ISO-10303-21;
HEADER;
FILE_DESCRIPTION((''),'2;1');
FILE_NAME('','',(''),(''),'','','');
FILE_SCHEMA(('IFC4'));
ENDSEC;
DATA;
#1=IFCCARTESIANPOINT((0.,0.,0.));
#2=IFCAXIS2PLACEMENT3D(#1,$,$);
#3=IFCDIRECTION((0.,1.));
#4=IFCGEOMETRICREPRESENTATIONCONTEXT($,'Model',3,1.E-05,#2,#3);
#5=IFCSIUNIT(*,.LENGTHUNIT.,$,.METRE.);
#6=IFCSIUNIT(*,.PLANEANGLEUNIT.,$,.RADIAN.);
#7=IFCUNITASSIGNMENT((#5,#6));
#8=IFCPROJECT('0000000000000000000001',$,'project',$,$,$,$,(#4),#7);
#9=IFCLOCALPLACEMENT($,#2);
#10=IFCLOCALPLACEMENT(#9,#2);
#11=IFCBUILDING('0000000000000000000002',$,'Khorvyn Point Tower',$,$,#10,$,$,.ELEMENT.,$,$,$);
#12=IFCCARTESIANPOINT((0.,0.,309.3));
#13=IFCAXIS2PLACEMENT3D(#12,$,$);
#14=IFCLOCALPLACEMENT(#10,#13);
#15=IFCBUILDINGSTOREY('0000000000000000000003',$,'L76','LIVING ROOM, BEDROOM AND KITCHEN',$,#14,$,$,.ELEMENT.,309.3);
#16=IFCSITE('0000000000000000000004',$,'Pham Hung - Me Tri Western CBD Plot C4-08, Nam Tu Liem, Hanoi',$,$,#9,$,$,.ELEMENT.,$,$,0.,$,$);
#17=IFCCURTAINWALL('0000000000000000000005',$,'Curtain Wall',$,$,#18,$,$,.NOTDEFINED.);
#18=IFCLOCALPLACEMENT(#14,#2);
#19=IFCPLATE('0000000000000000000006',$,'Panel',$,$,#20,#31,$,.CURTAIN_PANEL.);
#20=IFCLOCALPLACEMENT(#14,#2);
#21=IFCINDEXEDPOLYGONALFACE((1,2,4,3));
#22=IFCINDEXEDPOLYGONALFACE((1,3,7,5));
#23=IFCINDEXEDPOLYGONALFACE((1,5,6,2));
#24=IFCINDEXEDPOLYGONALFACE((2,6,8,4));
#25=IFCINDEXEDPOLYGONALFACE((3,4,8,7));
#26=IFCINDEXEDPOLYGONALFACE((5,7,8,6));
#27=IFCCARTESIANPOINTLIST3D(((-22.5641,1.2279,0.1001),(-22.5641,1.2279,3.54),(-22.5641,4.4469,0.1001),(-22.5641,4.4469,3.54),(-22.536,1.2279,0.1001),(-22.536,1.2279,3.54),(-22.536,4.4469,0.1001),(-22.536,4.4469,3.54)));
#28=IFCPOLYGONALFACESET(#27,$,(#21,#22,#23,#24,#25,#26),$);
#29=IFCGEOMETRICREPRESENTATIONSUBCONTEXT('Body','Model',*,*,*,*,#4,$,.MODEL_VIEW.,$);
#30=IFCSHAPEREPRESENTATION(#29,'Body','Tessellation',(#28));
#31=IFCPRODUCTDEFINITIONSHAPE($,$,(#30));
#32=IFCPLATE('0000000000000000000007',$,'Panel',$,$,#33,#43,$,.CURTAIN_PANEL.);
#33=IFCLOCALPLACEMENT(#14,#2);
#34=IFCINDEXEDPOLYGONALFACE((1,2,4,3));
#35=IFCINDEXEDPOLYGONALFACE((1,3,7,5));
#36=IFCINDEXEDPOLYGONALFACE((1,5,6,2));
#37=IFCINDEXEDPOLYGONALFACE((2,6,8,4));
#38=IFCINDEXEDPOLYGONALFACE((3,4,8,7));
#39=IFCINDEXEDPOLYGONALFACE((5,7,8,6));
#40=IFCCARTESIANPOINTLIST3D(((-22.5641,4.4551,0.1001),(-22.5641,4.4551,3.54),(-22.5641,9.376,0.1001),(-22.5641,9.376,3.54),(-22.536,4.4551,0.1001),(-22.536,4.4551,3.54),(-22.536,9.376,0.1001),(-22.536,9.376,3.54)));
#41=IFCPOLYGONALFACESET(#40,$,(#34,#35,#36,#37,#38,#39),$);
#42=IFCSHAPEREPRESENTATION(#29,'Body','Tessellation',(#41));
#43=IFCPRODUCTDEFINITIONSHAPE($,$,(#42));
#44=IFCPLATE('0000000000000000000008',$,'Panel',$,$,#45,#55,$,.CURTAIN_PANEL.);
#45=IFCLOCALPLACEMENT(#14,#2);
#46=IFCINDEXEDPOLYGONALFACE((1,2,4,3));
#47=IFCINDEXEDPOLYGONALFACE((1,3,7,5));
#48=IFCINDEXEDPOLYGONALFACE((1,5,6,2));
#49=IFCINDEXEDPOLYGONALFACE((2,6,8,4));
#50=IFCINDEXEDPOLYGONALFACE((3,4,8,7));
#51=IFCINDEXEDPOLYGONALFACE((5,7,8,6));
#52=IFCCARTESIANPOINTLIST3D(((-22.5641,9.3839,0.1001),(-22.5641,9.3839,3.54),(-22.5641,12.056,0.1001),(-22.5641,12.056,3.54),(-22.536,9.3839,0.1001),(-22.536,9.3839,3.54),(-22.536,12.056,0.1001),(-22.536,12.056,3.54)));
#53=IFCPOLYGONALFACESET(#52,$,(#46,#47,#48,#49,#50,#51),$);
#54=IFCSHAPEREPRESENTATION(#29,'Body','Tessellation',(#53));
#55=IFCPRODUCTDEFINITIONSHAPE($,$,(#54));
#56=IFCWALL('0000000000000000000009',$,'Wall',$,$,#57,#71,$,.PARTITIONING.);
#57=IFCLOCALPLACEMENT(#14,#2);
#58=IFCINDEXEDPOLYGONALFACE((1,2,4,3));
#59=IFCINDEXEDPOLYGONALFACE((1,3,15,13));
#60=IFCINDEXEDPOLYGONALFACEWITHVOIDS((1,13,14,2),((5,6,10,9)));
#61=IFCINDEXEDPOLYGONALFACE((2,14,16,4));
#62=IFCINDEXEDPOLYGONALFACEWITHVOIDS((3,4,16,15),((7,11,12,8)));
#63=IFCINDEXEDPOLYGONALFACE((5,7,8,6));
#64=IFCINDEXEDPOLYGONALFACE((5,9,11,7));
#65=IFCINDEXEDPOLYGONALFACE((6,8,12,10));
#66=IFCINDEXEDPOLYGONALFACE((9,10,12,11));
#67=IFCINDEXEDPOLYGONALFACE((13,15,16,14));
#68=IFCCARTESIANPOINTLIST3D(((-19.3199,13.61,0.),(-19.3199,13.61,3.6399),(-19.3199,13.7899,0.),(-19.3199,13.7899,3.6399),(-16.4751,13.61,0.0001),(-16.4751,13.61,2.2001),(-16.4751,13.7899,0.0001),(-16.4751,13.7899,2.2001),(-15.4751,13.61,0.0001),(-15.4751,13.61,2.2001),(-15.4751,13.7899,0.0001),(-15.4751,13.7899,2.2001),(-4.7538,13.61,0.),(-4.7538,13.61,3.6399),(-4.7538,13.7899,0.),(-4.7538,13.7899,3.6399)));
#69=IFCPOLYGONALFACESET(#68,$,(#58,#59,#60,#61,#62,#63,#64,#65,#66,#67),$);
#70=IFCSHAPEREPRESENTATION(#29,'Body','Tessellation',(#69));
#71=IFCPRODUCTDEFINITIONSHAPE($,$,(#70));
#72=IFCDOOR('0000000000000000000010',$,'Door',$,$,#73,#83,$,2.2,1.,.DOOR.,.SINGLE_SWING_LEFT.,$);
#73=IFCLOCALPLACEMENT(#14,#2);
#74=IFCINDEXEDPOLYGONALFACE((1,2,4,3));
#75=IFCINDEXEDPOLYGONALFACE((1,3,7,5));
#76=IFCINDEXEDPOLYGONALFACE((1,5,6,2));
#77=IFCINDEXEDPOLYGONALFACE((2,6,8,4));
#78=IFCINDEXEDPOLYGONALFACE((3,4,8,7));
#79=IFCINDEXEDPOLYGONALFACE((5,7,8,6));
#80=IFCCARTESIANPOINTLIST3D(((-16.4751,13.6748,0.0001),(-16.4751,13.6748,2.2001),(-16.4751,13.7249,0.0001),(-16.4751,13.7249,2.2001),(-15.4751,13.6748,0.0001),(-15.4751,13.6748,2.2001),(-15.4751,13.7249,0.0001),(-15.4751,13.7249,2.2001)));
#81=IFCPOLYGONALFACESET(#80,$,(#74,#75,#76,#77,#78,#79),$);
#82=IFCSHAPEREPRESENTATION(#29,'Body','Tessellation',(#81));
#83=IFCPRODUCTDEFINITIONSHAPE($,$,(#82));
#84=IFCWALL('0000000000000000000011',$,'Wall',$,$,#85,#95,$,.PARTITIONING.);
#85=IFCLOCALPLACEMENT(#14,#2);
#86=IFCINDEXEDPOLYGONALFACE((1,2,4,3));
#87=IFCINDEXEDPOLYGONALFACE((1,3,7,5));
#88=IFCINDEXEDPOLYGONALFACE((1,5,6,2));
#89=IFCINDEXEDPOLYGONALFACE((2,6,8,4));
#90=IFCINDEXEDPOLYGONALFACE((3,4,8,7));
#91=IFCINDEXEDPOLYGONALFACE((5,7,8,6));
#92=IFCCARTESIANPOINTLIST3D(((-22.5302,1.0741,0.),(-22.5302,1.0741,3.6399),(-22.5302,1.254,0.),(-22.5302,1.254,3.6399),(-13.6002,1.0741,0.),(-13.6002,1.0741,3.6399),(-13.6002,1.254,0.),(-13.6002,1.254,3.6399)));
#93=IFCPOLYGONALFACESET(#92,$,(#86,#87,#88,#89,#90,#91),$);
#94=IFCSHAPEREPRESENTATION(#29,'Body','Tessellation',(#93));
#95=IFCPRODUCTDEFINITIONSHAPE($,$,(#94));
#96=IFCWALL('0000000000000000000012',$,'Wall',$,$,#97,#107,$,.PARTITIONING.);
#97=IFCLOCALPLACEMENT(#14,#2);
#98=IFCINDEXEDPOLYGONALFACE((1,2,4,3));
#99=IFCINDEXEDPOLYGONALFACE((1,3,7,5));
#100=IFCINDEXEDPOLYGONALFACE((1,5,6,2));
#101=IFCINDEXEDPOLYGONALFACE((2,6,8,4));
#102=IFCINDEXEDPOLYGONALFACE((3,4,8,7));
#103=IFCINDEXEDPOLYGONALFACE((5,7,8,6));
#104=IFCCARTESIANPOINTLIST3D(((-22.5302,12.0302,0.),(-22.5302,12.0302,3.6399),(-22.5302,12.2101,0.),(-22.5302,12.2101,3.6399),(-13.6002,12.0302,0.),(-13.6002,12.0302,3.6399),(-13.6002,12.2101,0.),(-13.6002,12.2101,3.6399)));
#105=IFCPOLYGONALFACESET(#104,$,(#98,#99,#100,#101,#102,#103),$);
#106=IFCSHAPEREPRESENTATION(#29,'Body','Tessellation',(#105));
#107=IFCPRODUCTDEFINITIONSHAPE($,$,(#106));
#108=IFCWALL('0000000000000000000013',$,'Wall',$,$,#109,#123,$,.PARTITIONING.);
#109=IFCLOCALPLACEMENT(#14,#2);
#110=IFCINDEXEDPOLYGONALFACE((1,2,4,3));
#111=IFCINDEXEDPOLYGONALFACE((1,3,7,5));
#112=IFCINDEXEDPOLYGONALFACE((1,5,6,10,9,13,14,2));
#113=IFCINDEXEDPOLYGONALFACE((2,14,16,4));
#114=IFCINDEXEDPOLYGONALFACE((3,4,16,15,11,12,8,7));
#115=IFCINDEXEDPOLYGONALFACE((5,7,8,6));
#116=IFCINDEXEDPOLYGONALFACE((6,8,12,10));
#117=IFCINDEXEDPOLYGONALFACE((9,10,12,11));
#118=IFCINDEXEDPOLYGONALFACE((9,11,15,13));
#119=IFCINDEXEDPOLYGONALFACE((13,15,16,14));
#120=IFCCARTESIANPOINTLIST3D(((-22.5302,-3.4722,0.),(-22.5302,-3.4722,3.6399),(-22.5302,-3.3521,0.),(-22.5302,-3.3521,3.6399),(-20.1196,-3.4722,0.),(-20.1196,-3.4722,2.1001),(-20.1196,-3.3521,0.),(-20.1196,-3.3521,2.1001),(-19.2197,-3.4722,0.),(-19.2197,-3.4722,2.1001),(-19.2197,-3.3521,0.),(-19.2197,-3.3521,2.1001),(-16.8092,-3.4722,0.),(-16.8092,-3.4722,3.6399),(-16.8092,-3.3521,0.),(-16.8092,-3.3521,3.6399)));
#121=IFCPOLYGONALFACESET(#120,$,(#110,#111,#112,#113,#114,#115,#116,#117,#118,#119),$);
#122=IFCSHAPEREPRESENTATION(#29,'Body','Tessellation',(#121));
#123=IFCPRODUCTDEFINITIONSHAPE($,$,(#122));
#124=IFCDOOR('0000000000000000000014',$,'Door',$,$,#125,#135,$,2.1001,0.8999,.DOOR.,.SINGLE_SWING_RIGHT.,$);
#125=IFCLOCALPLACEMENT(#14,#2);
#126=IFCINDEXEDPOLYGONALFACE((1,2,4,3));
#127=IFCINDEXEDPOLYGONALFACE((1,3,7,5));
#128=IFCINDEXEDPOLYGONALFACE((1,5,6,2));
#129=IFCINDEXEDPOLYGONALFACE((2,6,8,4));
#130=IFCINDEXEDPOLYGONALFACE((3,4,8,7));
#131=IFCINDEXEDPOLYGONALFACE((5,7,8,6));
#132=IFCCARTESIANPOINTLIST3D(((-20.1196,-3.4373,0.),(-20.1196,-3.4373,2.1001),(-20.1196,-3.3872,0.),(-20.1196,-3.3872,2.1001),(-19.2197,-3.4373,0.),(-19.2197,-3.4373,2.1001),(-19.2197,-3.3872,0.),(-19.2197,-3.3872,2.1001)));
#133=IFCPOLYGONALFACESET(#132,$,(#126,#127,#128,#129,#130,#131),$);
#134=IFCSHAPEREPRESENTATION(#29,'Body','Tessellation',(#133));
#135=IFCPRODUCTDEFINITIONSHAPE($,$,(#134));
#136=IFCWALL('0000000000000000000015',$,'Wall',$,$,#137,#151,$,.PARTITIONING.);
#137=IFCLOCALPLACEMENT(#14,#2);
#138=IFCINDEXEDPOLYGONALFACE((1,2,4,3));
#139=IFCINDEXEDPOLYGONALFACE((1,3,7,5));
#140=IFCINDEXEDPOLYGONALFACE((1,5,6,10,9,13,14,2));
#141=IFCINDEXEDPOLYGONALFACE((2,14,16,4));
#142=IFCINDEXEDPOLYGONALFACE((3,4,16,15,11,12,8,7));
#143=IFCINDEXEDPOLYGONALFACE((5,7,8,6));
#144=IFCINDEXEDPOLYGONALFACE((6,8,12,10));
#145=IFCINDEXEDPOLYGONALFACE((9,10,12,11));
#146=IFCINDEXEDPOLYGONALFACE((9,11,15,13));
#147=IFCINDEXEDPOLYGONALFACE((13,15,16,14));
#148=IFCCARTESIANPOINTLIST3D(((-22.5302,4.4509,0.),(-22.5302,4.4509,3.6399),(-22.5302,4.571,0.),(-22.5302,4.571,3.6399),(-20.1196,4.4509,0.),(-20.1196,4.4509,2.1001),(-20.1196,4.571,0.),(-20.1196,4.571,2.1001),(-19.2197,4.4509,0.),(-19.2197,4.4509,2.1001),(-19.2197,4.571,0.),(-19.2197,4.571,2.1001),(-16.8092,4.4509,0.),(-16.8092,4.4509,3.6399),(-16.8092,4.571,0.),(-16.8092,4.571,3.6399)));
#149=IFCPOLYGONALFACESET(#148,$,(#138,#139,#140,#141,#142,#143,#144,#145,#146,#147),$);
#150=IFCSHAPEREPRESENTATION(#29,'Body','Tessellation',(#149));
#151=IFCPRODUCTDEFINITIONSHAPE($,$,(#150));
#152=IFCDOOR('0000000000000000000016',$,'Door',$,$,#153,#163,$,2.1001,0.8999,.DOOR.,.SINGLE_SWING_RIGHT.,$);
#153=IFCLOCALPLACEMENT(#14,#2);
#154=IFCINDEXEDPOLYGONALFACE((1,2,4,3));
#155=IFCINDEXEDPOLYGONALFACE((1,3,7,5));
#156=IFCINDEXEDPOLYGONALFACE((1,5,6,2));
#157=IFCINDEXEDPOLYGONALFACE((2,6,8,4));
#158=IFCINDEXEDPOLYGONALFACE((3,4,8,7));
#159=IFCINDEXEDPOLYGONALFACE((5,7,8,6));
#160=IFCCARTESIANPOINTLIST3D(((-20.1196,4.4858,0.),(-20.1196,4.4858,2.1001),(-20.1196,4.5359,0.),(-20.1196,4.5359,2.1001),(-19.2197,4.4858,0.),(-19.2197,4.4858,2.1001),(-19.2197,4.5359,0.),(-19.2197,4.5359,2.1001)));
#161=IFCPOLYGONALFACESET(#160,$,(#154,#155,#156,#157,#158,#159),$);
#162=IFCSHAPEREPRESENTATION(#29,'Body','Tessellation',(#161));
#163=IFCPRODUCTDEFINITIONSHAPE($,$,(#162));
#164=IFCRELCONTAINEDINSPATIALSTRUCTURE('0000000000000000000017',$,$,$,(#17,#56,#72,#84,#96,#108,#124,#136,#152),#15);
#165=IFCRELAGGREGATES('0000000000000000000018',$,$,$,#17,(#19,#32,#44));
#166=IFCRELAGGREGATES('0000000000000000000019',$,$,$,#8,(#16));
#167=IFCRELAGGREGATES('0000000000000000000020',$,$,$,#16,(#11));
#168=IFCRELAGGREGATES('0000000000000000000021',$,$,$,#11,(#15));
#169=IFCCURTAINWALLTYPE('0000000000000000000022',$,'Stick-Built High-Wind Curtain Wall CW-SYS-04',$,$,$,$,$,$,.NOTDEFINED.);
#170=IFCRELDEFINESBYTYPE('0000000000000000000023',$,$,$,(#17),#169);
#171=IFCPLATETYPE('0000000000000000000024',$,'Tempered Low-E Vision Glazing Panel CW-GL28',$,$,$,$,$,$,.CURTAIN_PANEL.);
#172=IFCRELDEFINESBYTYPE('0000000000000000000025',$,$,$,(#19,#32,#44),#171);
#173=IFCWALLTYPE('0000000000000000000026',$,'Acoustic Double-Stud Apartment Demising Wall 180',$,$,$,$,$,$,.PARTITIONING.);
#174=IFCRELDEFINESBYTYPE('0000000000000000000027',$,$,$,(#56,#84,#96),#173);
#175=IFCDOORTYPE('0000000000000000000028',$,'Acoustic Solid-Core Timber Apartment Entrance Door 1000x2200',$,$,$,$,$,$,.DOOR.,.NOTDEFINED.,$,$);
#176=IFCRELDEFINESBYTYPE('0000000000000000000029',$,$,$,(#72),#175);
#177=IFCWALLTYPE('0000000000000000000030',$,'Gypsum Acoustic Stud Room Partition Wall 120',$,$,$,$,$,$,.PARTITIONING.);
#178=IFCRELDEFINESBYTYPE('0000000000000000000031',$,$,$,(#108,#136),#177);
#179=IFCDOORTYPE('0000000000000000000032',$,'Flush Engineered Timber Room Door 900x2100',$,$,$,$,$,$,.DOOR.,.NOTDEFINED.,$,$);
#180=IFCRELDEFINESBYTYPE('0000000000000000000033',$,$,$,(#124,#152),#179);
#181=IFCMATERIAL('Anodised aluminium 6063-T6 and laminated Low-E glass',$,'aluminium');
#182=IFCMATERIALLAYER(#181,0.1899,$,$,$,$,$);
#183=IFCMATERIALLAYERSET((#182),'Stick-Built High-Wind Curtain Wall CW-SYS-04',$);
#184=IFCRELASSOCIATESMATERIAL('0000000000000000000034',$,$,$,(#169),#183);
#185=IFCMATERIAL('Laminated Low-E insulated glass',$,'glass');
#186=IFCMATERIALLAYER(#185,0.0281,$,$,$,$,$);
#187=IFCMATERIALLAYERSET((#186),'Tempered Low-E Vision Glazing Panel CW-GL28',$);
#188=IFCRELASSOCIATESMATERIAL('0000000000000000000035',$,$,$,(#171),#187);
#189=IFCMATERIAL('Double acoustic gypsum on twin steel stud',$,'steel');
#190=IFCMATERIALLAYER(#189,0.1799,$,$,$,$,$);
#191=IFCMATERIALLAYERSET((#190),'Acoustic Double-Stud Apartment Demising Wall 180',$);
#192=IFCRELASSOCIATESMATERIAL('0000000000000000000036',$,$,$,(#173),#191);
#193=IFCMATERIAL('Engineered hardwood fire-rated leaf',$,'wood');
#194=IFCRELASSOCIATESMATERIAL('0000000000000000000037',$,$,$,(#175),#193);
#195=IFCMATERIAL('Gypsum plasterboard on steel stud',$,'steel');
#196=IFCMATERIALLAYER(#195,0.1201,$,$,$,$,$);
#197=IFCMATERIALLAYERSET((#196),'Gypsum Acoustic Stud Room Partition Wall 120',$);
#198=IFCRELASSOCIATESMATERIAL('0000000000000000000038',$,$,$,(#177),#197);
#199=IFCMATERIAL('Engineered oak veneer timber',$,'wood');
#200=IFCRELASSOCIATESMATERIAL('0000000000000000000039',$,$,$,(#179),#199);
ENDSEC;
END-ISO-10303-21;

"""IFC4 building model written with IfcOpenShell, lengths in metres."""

from ifc_helpers import new_model, si_unit, direction, frame, frame_2d, origin, origin_2d, place, context, subcontext, project, spatial, rectangle, extrude, material, layer, layer_set, type_object, element, fill, aggregate, save


model = new_model("IFC4")

# Units and contexts
model_context = context("Model", 3, precision=1e-05, world=origin(), true_north=direction((0.0, 1.0)))
body_context = subcontext(model_context, "Body", "Model", "MODEL_VIEW")
ifc_project = project(units=[si_unit("LENGTHUNIT", "METRE"), si_unit("PLANEANGLEUNIT", "RADIAN")], contexts=[model_context])

# Site, building, storey
site_placement = place(None, origin())
site = spatial("IfcSite", under=ifc_project, at=site_placement, Name="Pham Hung - Me Tri Western CBD Plot C4-08, Nam Tu Liem, Hanoi", CompositionType="ELEMENT", RefElevation=0.0)
building_placement = place(site_placement, origin())
building = spatial("IfcBuilding", under=site, at=building_placement, Name="Khorvyn Point Tower", CompositionType="ELEMENT")
storey_placement = place(building_placement, frame((0.0, 0.0, 309.3)))
storey = spatial("IfcBuildingStorey", under=building, at=storey_placement, Name="L76", Description="LIVING ROOM, BEDROOM AND KITCHEN", CompositionType="ELEMENT", Elevation=309.3)

# Curtain wall
ifc_material_1 = material(Name="Anodised aluminium 6063-T6 and laminated Low-E glass", Category="aluminium")
ifc_layer_1 = layer(ifc_material_1, 0.1899)
ifc_layer_set_1 = layer_set([ifc_layer_1], Name="Stick-Built High-Wind Curtain Wall CW-SYS-04")
curtain_wall_type = type_object("IfcCurtainWallType", Name="Stick-Built High-Wind Curtain Wall CW-SYS-04", PredefinedType="NOTDEFINED", material=ifc_layer_set_1)
curtain_wall_placement = place(storey_placement, origin())
curtain_wall = element("IfcCurtainWall", 1, at=curtain_wall_placement, inside=storey, type_object=curtain_wall_type, Name="Curtain Wall", PredefinedType="NOTDEFINED")

# Plates
ifc_material_2 = material(Name="Laminated Low-E insulated glass", Category="glass")
ifc_layer_2 = layer(ifc_material_2, 0.0281)
ifc_layer_set_2 = layer_set([ifc_layer_2], Name="Tempered Low-E Vision Glazing Panel CW-GL28")
plate_type_1 = type_object("IfcPlateType", Name="Tempered Low-E Vision Glazing Panel CW-GL28", PredefinedType="CURTAIN_PANEL", material=ifc_layer_set_2)
plate_1_placement = place(storey_placement, frame((-22.55, 2.8374, 0.1001), z_axis=(0.0, 0.0, 1.0), x_axis=(0.0, 1.0, 0.0)))
plate_1 = element("IfcPlate", 2, at=plate_1_placement, type_object=plate_type_1, Name="Panel", PredefinedType="CURTAIN_PANEL", context=body_context, shape_type="SweptSolid", body=[
    extrude(rectangle(XDim=3.219, YDim=0.0281, at=origin_2d()), origin(), (0.0, 0.0, 1.0), 3.4399),
])
plate_2_placement = place(storey_placement, frame((-22.55, 6.9155, 0.1001), z_axis=(0.0, 0.0, 1.0), x_axis=(0.0, 1.0, 0.0)))
plate_2 = element("IfcPlate", 3, at=plate_2_placement, type_object=plate_type_1, Name="Panel", PredefinedType="CURTAIN_PANEL", context=body_context, shape_type="SweptSolid", body=[
    extrude(rectangle(XDim=4.9209, YDim=0.0281, at=origin_2d()), origin(), (0.0, 0.0, 1.0), 3.4399),
])
plate_3_placement = place(storey_placement, frame((-22.55, 10.72, 0.1001), z_axis=(0.0, 0.0, 1.0), x_axis=(0.0, 1.0, 0.0)))
plate_3 = element("IfcPlate", 4, at=plate_3_placement, type_object=plate_type_1, Name="Panel", PredefinedType="CURTAIN_PANEL", context=body_context, shape_type="SweptSolid", body=[
    extrude(rectangle(XDim=2.6721, YDim=0.0281, at=origin_2d()), origin(), (0.0, 0.0, 1.0), 3.4399),
])
aggregate(curtain_wall, [plate_1, plate_2, plate_3])

# Wall, opening, door
ifc_material_3 = material(Name="Double acoustic gypsum on twin steel stud", Category="steel")
ifc_layer_3 = layer(ifc_material_3, 0.1799)
ifc_layer_set_3 = layer_set([ifc_layer_3], Name="Acoustic Double-Stud Apartment Demising Wall 180")
wall_type_1 = type_object("IfcWallType", Name="Acoustic Double-Stud Apartment Demising Wall 180", PredefinedType="PARTITIONING", material=ifc_layer_set_3)
wall_1_placement = place(storey_placement, frame((-19.3201, 13.7, 0.0), z_axis=(0.0, 0.0, 1.0), x_axis=(1.0, 0.0, 0.0)))
wall_1 = element("IfcWall", 5, at=wall_1_placement, inside=storey, type_object=wall_type_1, Name="Wall", PredefinedType="PARTITIONING", context=body_context, shape_type="SweptSolid", body=[
    extrude(rectangle(XDim=14.5662, YDim=0.1799, at=frame_2d((7.2832, 0.0))), origin(), (0.0, 0.0, 1.0), 3.6399),
])
opening_1_placement = place(wall_1_placement, frame((2.845, 0.0, 0.0)))
opening_1 = element("IfcOpeningElement", 6, at=opening_1_placement, cuts=wall_1, PredefinedType="OPENING", context=body_context, shape_type="SweptSolid", body=[
    extrude(rectangle(XDim=1.0, YDim=2.2, at=frame_2d((0.5, 1.1001))), frame((0.0, 0.0999, 0.0), z_axis=(0.0, -1.0, 0.0), x_axis=(1.0, 0.0, 0.0)), (0.0, 0.0, 1.0), 0.2),
])
ifc_material_4 = material(Name="Engineered hardwood fire-rated leaf", Category="wood")
door_type_1 = type_object("IfcDoorType", Name="Acoustic Solid-Core Timber Apartment Entrance Door 1000x2200", OperationType="NOTDEFINED", PredefinedType="DOOR", material=ifc_material_4)
door_1_placement = place(opening_1_placement, origin())
door_1 = element("IfcDoor", 7, at=door_1_placement, inside=storey, type_object=door_type_1, Name="Door", OperationType="SINGLE_SWING_LEFT", OverallHeight=2.2, OverallWidth=1.0, PredefinedType="DOOR", context=body_context, shape_type="SweptSolid", body=[
    extrude(rectangle(XDim=1.0, YDim=2.2, at=frame_2d((0.5, 1.1001))), frame((0.0, 0.0249, 0.0), z_axis=(0.0, -1.0, 0.0), x_axis=(1.0, 0.0, 0.0)), (0.0, 0.0, 1.0), 0.05),
])
fill(opening_1, door_1)

# Walls
for number, where, z_axis, x_axis, name in (
    (8, (-22.53, 1.1641, 0.0), (0.0, 0.0, 1.0), (1.0, 0.0, 0.0), "Wall"),
    (9, (-22.53, 12.1201, 0.0), (0.0, 0.0, 1.0), (1.0, 0.0, 0.0), "Wall"),
):
    element("IfcWall", number, at=place(storey_placement, frame(where, z_axis=z_axis, x_axis=x_axis)), inside=storey, type_object=wall_type_1, Name=name, PredefinedType="PARTITIONING", context=body_context, shape_type="SweptSolid", body=[
        extrude(rectangle(XDim=8.9299, YDim=0.1799, at=frame_2d((4.4648, 0.0))), origin(), (0.0, 0.0, 1.0), 3.6399),
    ])

# Walls, openings, doors
ifc_material_5 = material(Name="Gypsum plasterboard on steel stud", Category="steel")
ifc_layer_4 = layer(ifc_material_5, 0.1201)
ifc_layer_set_4 = layer_set([ifc_layer_4], Name="Gypsum Acoustic Stud Room Partition Wall 120")
wall_type_2 = type_object("IfcWallType", Name="Gypsum Acoustic Stud Room Partition Wall 120", PredefinedType="PARTITIONING", material=ifc_layer_set_4)
wall_2_placement = place(storey_placement, frame((-22.53, -3.4121, 0.0), z_axis=(0.0, 0.0, 1.0), x_axis=(1.0, 0.0, 0.0)))
wall_2 = element("IfcWall", 10, at=wall_2_placement, inside=storey, type_object=wall_type_2, Name="Wall", PredefinedType="PARTITIONING", context=body_context, shape_type="SweptSolid", body=[
    extrude(rectangle(XDim=5.7209, YDim=0.1201, at=frame_2d((2.8604, 0.0))), origin(), (0.0, 0.0, 1.0), 3.6399),
])
opening_2_placement = place(wall_2_placement, frame((2.4104, 0.0, 0.0)))
opening_2 = element("IfcOpeningElement", 11, at=opening_2_placement, cuts=wall_2, PredefinedType="OPENING", context=body_context, shape_type="SweptSolid", body=[
    extrude(rectangle(XDim=0.8999, YDim=2.1001, at=frame_2d((0.45, 1.05))), frame((0.0, 0.0701, 0.0), z_axis=(0.0, -1.0, 0.0), x_axis=(1.0, 0.0, 0.0)), (0.0, 0.0, 1.0), 0.1401),
])
ifc_material_6 = material(Name="Engineered oak veneer timber", Category="wood")
door_type_2 = type_object("IfcDoorType", Name="Flush Engineered Timber Room Door 900x2100", OperationType="NOTDEFINED", PredefinedType="DOOR", material=ifc_material_6)
door_2_placement = place(opening_2_placement, origin())
door_2 = element("IfcDoor", 12, at=door_2_placement, inside=storey, type_object=door_type_2, Name="Door", OperationType="SINGLE_SWING_RIGHT", OverallHeight=2.1001, OverallWidth=0.8999, PredefinedType="DOOR", context=body_context, shape_type="SweptSolid", body=[
    extrude(rectangle(XDim=0.8999, YDim=2.1001, at=frame_2d((0.45, 1.05))), frame((0.0, 0.0249, 0.0), z_axis=(0.0, -1.0, 0.0), x_axis=(1.0, 0.0, 0.0)), (0.0, 0.0, 1.0), 0.05),
])
fill(opening_2, door_2)
wall_3_placement = place(storey_placement, frame((-22.53, 4.511, 0.0), z_axis=(0.0, 0.0, 1.0), x_axis=(1.0, 0.0, 0.0)))
wall_3 = element("IfcWall", 13, at=wall_3_placement, inside=storey, type_object=wall_type_2, Name="Wall", PredefinedType="PARTITIONING", context=body_context, shape_type="SweptSolid", body=[
    extrude(rectangle(XDim=5.7209, YDim=0.1201, at=frame_2d((2.8604, 0.0))), origin(), (0.0, 0.0, 1.0), 3.6399),
])
opening_3_placement = place(wall_3_placement, frame((2.4104, 0.0, 0.0)))
opening_3 = element("IfcOpeningElement", 14, at=opening_3_placement, cuts=wall_3, PredefinedType="OPENING", context=body_context, shape_type="SweptSolid", body=[
    extrude(rectangle(XDim=0.8999, YDim=2.1001, at=frame_2d((0.45, 1.05))), frame((0.0, 0.0701, 0.0), z_axis=(0.0, -1.0, 0.0), x_axis=(1.0, 0.0, 0.0)), (0.0, 0.0, 1.0), 0.1401),
])
door_3_placement = place(opening_3_placement, origin())
door_3 = element("IfcDoor", 15, at=door_3_placement, inside=storey, type_object=door_type_2, Name="Door", OperationType="SINGLE_SWING_RIGHT", OverallHeight=2.1001, OverallWidth=0.8999, PredefinedType="DOOR", context=body_context, shape_type="SweptSolid", body=[
    extrude(rectangle(XDim=0.8999, YDim=2.1001, at=frame_2d((0.45, 1.05))), frame((0.0, 0.0249, 0.0), z_axis=(0.0, -1.0, 0.0), x_axis=(1.0, 0.0, 0.0)), (0.0, 0.0, 1.0), 0.05),
])
fill(opening_3, door_3)

save(model, "model.ifc")
